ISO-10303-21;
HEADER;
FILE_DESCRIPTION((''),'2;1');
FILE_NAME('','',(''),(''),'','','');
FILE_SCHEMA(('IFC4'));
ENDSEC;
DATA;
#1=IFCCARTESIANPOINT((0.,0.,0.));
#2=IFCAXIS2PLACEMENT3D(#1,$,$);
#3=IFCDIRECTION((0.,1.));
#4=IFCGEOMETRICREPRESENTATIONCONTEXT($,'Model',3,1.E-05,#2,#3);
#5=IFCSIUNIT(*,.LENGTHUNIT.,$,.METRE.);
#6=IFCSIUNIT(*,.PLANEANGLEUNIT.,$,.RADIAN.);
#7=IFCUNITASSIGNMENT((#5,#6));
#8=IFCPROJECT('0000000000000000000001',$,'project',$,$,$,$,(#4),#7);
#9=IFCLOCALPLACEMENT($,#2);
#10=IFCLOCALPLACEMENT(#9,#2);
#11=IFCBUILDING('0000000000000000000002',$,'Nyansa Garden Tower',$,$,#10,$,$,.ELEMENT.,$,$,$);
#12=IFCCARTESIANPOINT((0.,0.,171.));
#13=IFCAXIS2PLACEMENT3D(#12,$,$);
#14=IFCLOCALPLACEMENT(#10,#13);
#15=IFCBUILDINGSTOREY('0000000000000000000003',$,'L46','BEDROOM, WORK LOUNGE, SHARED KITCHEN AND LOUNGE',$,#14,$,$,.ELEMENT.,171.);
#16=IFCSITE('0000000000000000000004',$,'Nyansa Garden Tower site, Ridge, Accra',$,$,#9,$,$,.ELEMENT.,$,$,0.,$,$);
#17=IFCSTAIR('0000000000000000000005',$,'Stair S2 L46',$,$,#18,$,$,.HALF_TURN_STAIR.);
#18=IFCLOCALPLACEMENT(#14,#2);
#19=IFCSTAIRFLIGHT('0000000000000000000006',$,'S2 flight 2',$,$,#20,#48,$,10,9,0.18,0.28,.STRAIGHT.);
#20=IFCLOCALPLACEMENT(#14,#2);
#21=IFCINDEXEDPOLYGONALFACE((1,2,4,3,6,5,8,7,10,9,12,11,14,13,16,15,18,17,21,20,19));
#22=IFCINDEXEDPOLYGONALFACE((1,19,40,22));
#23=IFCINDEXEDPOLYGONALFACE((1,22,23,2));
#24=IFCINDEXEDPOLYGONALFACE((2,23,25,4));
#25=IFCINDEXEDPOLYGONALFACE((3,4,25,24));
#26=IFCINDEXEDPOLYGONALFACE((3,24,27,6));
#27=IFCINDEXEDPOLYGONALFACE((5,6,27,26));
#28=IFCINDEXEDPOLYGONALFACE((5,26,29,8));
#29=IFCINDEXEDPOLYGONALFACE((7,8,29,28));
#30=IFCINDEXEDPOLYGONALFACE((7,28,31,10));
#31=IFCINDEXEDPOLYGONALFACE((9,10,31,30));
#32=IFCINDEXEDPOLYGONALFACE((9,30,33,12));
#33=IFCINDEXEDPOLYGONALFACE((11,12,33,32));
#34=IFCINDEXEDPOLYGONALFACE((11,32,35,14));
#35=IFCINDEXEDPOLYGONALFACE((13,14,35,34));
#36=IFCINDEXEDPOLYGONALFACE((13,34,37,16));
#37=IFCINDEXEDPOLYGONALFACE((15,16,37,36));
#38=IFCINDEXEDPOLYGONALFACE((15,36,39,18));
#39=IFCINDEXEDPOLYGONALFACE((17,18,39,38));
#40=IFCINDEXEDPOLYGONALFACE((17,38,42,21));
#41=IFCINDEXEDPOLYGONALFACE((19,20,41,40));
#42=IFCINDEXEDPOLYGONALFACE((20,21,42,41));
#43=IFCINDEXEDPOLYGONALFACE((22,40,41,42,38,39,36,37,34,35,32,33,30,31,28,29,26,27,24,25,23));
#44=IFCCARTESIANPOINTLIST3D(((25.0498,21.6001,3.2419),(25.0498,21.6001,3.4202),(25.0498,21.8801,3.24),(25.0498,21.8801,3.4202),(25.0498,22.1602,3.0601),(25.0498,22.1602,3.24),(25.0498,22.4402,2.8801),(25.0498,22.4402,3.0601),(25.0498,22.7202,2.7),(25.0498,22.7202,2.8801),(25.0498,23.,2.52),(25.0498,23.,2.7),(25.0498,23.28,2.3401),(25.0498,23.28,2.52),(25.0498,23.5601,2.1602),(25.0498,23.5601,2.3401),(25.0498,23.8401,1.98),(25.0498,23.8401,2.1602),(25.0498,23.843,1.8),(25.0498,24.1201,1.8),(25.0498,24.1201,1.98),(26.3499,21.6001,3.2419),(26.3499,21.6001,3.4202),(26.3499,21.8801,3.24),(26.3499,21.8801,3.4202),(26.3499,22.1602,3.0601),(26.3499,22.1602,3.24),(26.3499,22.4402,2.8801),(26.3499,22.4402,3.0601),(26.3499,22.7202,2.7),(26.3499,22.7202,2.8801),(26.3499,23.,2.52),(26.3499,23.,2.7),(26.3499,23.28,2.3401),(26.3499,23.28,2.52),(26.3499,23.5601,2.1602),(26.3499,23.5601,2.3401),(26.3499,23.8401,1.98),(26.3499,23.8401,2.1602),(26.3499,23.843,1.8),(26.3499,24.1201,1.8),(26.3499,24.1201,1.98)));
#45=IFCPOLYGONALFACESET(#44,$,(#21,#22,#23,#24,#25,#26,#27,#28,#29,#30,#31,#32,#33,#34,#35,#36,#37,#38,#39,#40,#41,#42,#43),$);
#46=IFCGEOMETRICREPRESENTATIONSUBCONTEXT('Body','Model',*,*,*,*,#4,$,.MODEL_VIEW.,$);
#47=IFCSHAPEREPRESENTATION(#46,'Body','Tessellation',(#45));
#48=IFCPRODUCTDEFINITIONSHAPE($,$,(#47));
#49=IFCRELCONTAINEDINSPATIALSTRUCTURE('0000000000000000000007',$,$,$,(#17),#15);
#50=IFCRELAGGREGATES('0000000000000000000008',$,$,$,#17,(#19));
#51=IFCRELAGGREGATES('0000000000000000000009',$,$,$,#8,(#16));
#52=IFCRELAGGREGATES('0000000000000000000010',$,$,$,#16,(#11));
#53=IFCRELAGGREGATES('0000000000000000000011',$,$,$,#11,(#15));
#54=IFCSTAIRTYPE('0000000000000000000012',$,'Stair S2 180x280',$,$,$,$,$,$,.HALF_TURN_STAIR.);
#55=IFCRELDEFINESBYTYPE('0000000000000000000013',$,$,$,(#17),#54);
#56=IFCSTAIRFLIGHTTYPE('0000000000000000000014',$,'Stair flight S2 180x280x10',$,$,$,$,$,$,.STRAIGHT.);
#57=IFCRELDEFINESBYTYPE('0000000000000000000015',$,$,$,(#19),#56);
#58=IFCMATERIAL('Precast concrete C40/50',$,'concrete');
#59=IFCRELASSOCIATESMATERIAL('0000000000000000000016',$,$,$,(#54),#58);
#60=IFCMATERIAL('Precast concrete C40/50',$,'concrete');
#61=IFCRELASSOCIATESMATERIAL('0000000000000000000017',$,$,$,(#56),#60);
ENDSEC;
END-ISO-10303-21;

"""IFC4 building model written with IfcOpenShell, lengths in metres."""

from ifc_helpers import new_model, si_unit, direction, frame, origin, place, context, subcontext, project, spatial, polyline, outline, extrude, material, type_object, element, aggregate, save


model = new_model("IFC4")

# Units and contexts
model_context = context("Model", 3, precision=1e-05, world=origin(), true_north=direction((0.0, 1.0)))
body_context = subcontext(model_context, "Body", "Model", "MODEL_VIEW")
ifc_project = project(units=[si_unit("LENGTHUNIT", "METRE"), si_unit("PLANEANGLEUNIT", "RADIAN")], contexts=[model_context])

# Site, building, storey
site_placement = place(None, origin())
site = spatial("IfcSite", under=ifc_project, at=site_placement, Name="Nyansa Garden Tower site, Ridge, Accra", CompositionType="ELEMENT", RefElevation=0.0)
building_placement = place(site_placement, origin())
building = spatial("IfcBuilding", under=site, at=building_placement, Name="Nyansa Garden Tower", CompositionType="ELEMENT")
storey_placement = place(building_placement, frame((0.0, 0.0, 171.0)))
storey = spatial("IfcBuildingStorey", under=building, at=storey_placement, Name="L46", Description="BEDROOM, WORK LOUNGE, SHARED KITCHEN AND LOUNGE", CompositionType="ELEMENT", Elevation=171.0)

# Stair, stair flight
ifc_material_1 = material(Name="Precast concrete C40/50", Category="concrete")
stair_type = type_object("IfcStairType", Name="Stair S2 180x280", PredefinedType="HALF_TURN_STAIR", material=ifc_material_1)
stair_placement = place(storey_placement, origin())
stair = element("IfcStair", 1, at=stair_placement, inside=storey, type_object=stair_type, Name="Stair S2 L46", PredefinedType="HALF_TURN_STAIR")
ifc_material_2 = material(Name="Precast concrete C40/50", Category="concrete")
stair_flight_type = type_object("IfcStairFlightType", Name="Stair flight S2 180x280x10", PredefinedType="STRAIGHT", material=ifc_material_2)
stair_flight_placement = place(storey_placement, frame((25.7, 24.1201, 1.8), z_axis=(0.0, 0.0, 1.0), x_axis=(0.0, -1.0, 0.0)))
stair_flight = element("IfcStairFlight", 2, at=stair_flight_placement, type_object=stair_flight_type, Name="S2 flight 2", NumberOfRisers=10, NumberOfTreads=9, PredefinedType="STRAIGHT", RiserHeight=0.18, TreadLength=0.28, context=body_context, shape_type="SweptSolid", body=[
    extrude(outline(polyline([(0.0, 0.0), (0.0, 0.1799), (0.28, 0.1799), (0.28, 0.3601), (0.5601, 0.3601), (0.5601, 0.54), (0.8401, 0.54), (0.8401, 0.72), (1.1201, 0.72), (1.1201, 0.8999), (1.3999, 0.8999), (1.3999, 1.0801), (1.6799, 1.0801), (1.6799, 1.26), (1.96, 1.26), (1.96, 1.4399), (2.24, 1.4399), (2.24, 1.6201), (2.52, 1.6201), (2.52, 1.8), (2.52, 1.4419), (0.2771, 0.0), (0.0, 0.0)])), frame((0.0, 0.6499, 0.0), z_axis=(0.0, -1.0, 0.0), x_axis=(1.0, 0.0, 0.0)), (0.0, 0.0, 1.0), 1.3),
])
aggregate(stair, [stair_flight])

save(model, "model.ifc")
